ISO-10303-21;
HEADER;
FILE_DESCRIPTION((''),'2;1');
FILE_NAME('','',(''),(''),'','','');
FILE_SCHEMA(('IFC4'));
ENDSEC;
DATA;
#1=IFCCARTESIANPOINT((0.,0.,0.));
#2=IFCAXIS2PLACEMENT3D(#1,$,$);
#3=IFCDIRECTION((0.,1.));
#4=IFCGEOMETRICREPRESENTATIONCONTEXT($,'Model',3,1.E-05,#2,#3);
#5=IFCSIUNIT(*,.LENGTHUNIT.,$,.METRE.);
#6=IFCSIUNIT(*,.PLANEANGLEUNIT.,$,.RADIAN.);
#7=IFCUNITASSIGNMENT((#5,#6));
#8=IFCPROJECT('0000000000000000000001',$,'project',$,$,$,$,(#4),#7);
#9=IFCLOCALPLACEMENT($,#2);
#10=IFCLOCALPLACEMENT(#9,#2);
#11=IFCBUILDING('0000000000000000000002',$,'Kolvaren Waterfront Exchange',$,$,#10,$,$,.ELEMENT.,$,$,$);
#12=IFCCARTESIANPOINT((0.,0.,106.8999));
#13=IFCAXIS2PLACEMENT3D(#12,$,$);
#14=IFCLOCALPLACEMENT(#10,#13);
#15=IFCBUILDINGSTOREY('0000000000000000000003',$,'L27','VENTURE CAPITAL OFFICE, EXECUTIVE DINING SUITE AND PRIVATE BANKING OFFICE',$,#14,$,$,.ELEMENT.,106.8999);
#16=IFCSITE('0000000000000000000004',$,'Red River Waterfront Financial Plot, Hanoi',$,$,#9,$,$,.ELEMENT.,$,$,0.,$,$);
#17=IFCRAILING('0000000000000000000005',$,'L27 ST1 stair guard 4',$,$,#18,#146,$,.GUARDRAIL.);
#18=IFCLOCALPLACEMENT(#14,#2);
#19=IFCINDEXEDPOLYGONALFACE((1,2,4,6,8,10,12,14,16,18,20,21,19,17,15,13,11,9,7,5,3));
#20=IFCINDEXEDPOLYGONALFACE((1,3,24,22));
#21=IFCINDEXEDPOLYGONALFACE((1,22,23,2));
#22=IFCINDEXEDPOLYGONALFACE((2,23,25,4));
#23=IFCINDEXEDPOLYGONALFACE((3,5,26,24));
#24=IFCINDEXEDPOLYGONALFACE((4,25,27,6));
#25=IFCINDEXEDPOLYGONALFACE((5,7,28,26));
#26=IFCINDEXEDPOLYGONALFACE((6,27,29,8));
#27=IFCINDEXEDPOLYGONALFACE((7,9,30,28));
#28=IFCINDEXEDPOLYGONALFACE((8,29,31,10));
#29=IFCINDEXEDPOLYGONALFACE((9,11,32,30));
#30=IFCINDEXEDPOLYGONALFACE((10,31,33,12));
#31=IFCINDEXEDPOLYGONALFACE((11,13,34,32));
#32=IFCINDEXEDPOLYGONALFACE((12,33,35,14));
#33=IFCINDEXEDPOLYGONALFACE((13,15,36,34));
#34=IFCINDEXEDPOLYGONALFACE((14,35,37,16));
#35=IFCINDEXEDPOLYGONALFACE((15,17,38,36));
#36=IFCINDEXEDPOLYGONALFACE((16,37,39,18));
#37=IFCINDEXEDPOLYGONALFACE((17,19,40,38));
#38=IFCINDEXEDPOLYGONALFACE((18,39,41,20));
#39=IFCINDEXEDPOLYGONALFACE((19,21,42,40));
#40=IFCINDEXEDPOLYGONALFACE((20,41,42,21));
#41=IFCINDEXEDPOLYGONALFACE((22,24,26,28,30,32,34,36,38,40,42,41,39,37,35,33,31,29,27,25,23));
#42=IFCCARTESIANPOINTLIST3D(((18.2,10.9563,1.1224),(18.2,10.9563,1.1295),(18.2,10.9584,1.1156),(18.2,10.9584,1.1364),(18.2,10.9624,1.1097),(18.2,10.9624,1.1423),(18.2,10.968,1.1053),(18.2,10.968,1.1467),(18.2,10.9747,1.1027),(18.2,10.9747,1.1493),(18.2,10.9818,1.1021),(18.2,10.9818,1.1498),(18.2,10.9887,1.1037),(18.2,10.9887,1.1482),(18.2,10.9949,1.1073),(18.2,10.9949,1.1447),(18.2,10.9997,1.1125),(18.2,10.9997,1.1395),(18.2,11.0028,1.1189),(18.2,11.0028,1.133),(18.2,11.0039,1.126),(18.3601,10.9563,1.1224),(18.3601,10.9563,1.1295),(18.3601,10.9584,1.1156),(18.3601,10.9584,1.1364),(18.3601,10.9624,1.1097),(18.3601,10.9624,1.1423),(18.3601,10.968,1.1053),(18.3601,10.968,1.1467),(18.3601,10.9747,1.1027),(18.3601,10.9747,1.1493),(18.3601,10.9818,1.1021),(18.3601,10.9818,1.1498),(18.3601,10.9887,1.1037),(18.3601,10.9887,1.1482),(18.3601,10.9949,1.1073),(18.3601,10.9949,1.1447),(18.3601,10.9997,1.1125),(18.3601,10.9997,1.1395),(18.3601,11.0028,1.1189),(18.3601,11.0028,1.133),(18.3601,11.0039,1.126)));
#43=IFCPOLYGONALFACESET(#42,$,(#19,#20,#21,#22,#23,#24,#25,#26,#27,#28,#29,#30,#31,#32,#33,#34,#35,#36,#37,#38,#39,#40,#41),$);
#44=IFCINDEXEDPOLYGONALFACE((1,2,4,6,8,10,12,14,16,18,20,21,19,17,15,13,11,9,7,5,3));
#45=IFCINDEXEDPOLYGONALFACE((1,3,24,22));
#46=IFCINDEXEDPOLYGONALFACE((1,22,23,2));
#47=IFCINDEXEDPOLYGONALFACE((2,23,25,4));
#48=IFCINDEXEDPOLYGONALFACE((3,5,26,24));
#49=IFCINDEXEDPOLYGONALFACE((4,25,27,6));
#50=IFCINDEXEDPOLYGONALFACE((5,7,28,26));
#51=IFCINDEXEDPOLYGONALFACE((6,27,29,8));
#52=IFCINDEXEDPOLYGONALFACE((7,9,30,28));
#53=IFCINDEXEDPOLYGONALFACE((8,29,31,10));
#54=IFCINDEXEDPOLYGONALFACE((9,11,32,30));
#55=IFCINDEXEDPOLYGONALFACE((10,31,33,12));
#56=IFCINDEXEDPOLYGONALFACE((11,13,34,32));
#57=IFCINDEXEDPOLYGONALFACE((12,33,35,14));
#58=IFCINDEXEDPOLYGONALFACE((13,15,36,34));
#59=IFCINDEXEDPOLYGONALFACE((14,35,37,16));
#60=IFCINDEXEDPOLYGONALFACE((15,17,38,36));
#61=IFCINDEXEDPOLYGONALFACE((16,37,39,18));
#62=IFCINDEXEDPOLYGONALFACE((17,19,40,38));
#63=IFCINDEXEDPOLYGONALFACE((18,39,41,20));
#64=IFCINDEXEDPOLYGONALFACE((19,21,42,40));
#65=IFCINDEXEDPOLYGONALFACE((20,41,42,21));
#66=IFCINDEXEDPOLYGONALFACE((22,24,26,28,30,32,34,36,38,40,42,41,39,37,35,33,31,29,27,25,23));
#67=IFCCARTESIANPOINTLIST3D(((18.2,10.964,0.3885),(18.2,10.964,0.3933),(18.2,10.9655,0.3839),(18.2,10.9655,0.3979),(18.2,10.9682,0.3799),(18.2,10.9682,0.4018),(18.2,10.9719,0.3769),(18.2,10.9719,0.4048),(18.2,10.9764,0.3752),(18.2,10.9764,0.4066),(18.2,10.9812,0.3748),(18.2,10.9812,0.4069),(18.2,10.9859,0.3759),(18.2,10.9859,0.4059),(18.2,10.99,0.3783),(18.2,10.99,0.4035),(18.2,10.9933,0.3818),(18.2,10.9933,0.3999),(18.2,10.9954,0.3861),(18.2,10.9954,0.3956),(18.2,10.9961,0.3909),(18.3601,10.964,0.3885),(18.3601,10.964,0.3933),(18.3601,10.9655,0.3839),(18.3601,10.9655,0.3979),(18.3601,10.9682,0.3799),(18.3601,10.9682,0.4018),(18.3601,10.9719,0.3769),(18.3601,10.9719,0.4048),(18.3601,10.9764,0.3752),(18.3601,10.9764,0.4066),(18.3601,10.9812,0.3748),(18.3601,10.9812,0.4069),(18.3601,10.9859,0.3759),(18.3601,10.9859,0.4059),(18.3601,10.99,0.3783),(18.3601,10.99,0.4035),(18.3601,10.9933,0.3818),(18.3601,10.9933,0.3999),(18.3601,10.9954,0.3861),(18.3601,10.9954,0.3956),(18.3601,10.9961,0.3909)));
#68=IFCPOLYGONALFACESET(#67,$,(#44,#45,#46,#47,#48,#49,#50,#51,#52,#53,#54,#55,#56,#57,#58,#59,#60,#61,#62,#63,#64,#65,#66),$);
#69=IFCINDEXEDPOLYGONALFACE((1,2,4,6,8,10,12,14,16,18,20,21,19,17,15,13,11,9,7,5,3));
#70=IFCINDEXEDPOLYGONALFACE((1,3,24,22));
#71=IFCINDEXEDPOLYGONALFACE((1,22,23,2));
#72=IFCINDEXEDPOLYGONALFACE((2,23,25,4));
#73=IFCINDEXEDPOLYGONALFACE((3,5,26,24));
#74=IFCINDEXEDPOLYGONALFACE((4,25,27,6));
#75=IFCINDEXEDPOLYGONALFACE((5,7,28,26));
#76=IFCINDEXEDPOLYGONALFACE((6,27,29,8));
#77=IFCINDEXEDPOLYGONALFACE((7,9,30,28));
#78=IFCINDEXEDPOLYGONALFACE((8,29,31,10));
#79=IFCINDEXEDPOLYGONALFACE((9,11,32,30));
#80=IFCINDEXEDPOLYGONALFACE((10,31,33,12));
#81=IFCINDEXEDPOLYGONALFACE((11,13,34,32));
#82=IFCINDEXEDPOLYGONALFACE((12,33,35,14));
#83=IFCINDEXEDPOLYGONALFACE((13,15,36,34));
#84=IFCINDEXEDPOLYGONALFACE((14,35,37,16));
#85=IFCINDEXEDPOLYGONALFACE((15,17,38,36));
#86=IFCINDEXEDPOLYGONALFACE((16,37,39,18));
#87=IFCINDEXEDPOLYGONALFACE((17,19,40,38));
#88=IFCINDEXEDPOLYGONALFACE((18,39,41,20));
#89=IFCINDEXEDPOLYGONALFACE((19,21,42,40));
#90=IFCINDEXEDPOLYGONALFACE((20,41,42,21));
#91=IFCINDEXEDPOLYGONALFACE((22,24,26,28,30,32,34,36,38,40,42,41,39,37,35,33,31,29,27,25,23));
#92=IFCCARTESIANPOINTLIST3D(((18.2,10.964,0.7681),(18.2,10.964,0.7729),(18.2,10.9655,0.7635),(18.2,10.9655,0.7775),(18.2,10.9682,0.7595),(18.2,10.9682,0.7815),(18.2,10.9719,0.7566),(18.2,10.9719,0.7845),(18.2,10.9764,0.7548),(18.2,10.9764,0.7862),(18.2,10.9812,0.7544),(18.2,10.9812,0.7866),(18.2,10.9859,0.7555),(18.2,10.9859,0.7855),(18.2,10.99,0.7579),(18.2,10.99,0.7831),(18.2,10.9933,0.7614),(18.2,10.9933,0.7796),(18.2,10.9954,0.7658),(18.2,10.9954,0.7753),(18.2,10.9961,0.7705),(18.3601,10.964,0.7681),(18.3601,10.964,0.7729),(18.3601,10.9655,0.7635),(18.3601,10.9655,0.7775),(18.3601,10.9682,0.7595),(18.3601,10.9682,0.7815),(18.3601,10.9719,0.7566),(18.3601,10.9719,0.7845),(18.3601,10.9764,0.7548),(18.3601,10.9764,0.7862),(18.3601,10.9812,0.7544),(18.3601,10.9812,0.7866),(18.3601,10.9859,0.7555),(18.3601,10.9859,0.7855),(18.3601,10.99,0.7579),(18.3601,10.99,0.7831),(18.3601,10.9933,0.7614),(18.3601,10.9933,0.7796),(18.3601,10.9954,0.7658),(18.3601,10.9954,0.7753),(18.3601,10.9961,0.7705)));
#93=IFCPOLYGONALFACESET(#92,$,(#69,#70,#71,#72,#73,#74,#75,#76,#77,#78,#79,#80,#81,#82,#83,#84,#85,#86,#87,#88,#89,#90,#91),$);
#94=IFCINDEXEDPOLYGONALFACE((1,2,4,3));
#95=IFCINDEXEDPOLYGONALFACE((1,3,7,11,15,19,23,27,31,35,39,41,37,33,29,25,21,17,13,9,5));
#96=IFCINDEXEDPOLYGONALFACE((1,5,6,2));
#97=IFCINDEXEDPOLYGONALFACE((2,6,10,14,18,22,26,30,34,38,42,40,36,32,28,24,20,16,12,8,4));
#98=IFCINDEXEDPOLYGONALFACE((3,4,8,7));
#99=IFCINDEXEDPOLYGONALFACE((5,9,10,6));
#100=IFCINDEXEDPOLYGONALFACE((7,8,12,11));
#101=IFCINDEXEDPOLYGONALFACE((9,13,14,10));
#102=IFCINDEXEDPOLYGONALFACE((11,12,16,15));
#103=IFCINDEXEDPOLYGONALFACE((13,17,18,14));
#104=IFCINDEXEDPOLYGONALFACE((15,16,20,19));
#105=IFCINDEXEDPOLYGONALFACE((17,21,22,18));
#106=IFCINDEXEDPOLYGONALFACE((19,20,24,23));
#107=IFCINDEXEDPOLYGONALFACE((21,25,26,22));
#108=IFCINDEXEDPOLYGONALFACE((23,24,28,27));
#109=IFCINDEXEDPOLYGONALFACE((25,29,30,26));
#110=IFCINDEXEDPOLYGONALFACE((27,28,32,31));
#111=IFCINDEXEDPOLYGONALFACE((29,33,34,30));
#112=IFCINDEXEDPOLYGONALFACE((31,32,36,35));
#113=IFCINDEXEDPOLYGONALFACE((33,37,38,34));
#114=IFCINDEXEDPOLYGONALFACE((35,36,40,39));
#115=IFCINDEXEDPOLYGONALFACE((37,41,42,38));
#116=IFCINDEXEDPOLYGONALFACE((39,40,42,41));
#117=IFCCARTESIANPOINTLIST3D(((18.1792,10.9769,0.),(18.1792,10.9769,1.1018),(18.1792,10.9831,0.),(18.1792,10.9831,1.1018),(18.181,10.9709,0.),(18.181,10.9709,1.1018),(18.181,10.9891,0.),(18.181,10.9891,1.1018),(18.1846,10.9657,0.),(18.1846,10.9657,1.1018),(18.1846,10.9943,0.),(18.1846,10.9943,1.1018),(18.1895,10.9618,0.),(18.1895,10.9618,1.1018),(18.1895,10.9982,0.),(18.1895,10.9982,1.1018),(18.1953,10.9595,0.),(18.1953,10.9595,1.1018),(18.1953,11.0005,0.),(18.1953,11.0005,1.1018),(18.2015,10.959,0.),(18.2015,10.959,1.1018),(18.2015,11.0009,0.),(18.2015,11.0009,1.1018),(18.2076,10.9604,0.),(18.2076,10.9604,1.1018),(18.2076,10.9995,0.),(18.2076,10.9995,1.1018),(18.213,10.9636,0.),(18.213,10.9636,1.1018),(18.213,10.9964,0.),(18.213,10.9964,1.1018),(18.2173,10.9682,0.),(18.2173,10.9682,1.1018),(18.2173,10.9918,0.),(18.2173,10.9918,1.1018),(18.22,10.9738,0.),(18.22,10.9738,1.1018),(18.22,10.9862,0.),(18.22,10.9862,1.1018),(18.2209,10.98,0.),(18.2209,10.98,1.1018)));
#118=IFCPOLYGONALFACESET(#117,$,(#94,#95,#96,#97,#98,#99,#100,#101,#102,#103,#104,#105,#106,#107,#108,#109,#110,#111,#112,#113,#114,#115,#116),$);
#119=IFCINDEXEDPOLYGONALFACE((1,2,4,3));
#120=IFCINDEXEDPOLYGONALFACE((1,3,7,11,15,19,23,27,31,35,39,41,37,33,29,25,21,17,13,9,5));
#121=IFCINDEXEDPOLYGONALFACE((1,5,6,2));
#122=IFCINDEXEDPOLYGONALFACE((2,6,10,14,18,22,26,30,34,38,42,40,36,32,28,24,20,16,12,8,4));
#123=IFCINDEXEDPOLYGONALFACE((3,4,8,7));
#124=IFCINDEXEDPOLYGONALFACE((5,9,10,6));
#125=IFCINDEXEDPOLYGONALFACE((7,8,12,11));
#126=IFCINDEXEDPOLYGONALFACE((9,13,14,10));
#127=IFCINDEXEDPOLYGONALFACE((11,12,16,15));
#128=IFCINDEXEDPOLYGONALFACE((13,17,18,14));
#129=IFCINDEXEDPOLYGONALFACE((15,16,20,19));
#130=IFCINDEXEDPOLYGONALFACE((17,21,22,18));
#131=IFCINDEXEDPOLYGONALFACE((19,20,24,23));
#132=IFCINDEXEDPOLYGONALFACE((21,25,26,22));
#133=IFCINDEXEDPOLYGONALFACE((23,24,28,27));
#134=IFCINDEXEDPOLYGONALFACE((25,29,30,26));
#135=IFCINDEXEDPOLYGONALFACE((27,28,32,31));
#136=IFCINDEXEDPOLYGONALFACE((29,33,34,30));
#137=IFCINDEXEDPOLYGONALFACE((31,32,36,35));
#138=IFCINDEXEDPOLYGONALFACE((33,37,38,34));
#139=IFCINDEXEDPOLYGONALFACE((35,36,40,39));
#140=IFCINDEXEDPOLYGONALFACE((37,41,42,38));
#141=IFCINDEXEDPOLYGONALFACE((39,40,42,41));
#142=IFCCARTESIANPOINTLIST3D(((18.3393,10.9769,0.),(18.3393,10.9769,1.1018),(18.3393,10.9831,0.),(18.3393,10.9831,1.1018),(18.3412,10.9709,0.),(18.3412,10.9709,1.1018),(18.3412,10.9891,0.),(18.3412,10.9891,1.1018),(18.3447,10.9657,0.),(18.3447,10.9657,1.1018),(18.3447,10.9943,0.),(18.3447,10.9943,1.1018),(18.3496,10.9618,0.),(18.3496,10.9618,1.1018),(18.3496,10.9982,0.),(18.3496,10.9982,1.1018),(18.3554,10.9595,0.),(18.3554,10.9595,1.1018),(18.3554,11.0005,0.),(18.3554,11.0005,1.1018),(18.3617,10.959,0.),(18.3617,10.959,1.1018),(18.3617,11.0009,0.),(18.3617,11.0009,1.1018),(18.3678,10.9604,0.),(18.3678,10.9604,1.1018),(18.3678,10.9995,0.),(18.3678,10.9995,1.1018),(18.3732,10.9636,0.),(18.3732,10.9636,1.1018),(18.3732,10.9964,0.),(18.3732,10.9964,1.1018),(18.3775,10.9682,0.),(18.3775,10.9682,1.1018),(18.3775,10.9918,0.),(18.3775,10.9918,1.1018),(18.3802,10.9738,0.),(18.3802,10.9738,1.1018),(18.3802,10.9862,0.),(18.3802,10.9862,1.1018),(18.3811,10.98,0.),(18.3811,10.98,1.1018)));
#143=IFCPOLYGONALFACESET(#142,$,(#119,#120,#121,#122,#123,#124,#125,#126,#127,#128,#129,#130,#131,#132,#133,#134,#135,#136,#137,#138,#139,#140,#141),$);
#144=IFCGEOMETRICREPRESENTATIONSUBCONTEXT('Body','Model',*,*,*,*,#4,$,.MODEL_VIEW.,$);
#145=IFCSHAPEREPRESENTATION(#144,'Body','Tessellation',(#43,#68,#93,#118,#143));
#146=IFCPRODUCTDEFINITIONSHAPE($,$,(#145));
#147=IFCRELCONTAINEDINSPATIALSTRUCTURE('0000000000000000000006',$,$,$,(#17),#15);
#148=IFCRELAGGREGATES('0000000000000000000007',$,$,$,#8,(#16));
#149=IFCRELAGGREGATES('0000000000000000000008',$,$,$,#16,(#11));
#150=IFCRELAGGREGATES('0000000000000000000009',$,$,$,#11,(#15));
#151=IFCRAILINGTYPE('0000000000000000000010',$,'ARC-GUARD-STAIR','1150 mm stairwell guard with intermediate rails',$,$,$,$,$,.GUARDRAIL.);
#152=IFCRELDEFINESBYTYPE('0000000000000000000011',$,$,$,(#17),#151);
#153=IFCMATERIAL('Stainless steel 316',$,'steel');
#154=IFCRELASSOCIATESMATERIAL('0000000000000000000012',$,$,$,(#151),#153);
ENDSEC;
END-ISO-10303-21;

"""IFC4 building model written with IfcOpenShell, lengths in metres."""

from ifc_helpers import new_model, si_unit, direction, frame, origin, origin_2d, place, context, subcontext, project, spatial, circle, extrude, material, type_object, element, save


model = new_model("IFC4")

# Units and contexts
model_context = context("Model", 3, precision=1e-05, world=origin(), true_north=direction((0.0, 1.0)))
body_context = subcontext(model_context, "Body", "Model", "MODEL_VIEW")
ifc_project = project(units=[si_unit("LENGTHUNIT", "METRE"), si_unit("PLANEANGLEUNIT", "RADIAN")], contexts=[model_context])

# Site, building, storey
site_placement = place(None, origin())
site = spatial("IfcSite", under=ifc_project, at=site_placement, Name="Red River Waterfront Financial Plot, Hanoi", CompositionType="ELEMENT", RefElevation=0.0)
building_placement = place(site_placement, origin())
building = spatial("IfcBuilding", under=site, at=building_placement, Name="Kolvaren Waterfront Exchange", CompositionType="ELEMENT")
storey_placement = place(building_placement, frame((0.0, 0.0, 106.8999)))
storey = spatial("IfcBuildingStorey", under=building, at=storey_placement, Name="L27", Description="VENTURE CAPITAL OFFICE, EXECUTIVE DINING SUITE AND PRIVATE BANKING OFFICE", CompositionType="ELEMENT", Elevation=106.8999)

# Railing
ifc_material_1 = material(Name="Stainless steel 316", Category="steel")
railing_type_1 = type_object("IfcRailingType", Name="ARC-GUARD-STAIR", Description="1150 mm stairwell guard with intermediate rails", PredefinedType="GUARDRAIL", material=ifc_material_1)
railing_1_placement = place(storey_placement, frame((18.2, 10.98, 0.0)))
element("IfcRailing", 1, at=railing_1_placement, inside=storey, type_object=railing_type_1, Name="L27 ST1 stair guard 4", PredefinedType="GUARDRAIL", context=body_context, shape_type="SweptSolid", body=[
    extrude(circle(Radius=0.0239, at=origin_2d()), frame((0.0, 0.0, 1.126), z_axis=(1.0, 0.0, 0.0), x_axis=(0.0, 1.0, 0.0)), (0.0, 0.0, 1.0), 0.1602),
    extrude(circle(Radius=0.0161, at=origin_2d()), frame((0.0, 0.0, 0.3909), z_axis=(1.0, 0.0, 0.0), x_axis=(0.0, 1.0, 0.0)), (0.0, 0.0, 1.0), 0.1602),
    extrude(circle(Radius=0.0161, at=origin_2d()), frame((0.0, 0.0, 0.7705), z_axis=(1.0, 0.0, 0.0), x_axis=(0.0, 1.0, 0.0)), (0.0, 0.0, 1.0), 0.1602),
    extrude(circle(Radius=0.021, at=origin_2d()), origin(), (0.0, 0.0, 1.0), 1.1018),
    extrude(circle(Radius=0.021, at=origin_2d()), frame((0.1602, 0.0, 0.0)), (0.0, 0.0, 1.0), 1.1018),
])

save(model, "model.ifc")
